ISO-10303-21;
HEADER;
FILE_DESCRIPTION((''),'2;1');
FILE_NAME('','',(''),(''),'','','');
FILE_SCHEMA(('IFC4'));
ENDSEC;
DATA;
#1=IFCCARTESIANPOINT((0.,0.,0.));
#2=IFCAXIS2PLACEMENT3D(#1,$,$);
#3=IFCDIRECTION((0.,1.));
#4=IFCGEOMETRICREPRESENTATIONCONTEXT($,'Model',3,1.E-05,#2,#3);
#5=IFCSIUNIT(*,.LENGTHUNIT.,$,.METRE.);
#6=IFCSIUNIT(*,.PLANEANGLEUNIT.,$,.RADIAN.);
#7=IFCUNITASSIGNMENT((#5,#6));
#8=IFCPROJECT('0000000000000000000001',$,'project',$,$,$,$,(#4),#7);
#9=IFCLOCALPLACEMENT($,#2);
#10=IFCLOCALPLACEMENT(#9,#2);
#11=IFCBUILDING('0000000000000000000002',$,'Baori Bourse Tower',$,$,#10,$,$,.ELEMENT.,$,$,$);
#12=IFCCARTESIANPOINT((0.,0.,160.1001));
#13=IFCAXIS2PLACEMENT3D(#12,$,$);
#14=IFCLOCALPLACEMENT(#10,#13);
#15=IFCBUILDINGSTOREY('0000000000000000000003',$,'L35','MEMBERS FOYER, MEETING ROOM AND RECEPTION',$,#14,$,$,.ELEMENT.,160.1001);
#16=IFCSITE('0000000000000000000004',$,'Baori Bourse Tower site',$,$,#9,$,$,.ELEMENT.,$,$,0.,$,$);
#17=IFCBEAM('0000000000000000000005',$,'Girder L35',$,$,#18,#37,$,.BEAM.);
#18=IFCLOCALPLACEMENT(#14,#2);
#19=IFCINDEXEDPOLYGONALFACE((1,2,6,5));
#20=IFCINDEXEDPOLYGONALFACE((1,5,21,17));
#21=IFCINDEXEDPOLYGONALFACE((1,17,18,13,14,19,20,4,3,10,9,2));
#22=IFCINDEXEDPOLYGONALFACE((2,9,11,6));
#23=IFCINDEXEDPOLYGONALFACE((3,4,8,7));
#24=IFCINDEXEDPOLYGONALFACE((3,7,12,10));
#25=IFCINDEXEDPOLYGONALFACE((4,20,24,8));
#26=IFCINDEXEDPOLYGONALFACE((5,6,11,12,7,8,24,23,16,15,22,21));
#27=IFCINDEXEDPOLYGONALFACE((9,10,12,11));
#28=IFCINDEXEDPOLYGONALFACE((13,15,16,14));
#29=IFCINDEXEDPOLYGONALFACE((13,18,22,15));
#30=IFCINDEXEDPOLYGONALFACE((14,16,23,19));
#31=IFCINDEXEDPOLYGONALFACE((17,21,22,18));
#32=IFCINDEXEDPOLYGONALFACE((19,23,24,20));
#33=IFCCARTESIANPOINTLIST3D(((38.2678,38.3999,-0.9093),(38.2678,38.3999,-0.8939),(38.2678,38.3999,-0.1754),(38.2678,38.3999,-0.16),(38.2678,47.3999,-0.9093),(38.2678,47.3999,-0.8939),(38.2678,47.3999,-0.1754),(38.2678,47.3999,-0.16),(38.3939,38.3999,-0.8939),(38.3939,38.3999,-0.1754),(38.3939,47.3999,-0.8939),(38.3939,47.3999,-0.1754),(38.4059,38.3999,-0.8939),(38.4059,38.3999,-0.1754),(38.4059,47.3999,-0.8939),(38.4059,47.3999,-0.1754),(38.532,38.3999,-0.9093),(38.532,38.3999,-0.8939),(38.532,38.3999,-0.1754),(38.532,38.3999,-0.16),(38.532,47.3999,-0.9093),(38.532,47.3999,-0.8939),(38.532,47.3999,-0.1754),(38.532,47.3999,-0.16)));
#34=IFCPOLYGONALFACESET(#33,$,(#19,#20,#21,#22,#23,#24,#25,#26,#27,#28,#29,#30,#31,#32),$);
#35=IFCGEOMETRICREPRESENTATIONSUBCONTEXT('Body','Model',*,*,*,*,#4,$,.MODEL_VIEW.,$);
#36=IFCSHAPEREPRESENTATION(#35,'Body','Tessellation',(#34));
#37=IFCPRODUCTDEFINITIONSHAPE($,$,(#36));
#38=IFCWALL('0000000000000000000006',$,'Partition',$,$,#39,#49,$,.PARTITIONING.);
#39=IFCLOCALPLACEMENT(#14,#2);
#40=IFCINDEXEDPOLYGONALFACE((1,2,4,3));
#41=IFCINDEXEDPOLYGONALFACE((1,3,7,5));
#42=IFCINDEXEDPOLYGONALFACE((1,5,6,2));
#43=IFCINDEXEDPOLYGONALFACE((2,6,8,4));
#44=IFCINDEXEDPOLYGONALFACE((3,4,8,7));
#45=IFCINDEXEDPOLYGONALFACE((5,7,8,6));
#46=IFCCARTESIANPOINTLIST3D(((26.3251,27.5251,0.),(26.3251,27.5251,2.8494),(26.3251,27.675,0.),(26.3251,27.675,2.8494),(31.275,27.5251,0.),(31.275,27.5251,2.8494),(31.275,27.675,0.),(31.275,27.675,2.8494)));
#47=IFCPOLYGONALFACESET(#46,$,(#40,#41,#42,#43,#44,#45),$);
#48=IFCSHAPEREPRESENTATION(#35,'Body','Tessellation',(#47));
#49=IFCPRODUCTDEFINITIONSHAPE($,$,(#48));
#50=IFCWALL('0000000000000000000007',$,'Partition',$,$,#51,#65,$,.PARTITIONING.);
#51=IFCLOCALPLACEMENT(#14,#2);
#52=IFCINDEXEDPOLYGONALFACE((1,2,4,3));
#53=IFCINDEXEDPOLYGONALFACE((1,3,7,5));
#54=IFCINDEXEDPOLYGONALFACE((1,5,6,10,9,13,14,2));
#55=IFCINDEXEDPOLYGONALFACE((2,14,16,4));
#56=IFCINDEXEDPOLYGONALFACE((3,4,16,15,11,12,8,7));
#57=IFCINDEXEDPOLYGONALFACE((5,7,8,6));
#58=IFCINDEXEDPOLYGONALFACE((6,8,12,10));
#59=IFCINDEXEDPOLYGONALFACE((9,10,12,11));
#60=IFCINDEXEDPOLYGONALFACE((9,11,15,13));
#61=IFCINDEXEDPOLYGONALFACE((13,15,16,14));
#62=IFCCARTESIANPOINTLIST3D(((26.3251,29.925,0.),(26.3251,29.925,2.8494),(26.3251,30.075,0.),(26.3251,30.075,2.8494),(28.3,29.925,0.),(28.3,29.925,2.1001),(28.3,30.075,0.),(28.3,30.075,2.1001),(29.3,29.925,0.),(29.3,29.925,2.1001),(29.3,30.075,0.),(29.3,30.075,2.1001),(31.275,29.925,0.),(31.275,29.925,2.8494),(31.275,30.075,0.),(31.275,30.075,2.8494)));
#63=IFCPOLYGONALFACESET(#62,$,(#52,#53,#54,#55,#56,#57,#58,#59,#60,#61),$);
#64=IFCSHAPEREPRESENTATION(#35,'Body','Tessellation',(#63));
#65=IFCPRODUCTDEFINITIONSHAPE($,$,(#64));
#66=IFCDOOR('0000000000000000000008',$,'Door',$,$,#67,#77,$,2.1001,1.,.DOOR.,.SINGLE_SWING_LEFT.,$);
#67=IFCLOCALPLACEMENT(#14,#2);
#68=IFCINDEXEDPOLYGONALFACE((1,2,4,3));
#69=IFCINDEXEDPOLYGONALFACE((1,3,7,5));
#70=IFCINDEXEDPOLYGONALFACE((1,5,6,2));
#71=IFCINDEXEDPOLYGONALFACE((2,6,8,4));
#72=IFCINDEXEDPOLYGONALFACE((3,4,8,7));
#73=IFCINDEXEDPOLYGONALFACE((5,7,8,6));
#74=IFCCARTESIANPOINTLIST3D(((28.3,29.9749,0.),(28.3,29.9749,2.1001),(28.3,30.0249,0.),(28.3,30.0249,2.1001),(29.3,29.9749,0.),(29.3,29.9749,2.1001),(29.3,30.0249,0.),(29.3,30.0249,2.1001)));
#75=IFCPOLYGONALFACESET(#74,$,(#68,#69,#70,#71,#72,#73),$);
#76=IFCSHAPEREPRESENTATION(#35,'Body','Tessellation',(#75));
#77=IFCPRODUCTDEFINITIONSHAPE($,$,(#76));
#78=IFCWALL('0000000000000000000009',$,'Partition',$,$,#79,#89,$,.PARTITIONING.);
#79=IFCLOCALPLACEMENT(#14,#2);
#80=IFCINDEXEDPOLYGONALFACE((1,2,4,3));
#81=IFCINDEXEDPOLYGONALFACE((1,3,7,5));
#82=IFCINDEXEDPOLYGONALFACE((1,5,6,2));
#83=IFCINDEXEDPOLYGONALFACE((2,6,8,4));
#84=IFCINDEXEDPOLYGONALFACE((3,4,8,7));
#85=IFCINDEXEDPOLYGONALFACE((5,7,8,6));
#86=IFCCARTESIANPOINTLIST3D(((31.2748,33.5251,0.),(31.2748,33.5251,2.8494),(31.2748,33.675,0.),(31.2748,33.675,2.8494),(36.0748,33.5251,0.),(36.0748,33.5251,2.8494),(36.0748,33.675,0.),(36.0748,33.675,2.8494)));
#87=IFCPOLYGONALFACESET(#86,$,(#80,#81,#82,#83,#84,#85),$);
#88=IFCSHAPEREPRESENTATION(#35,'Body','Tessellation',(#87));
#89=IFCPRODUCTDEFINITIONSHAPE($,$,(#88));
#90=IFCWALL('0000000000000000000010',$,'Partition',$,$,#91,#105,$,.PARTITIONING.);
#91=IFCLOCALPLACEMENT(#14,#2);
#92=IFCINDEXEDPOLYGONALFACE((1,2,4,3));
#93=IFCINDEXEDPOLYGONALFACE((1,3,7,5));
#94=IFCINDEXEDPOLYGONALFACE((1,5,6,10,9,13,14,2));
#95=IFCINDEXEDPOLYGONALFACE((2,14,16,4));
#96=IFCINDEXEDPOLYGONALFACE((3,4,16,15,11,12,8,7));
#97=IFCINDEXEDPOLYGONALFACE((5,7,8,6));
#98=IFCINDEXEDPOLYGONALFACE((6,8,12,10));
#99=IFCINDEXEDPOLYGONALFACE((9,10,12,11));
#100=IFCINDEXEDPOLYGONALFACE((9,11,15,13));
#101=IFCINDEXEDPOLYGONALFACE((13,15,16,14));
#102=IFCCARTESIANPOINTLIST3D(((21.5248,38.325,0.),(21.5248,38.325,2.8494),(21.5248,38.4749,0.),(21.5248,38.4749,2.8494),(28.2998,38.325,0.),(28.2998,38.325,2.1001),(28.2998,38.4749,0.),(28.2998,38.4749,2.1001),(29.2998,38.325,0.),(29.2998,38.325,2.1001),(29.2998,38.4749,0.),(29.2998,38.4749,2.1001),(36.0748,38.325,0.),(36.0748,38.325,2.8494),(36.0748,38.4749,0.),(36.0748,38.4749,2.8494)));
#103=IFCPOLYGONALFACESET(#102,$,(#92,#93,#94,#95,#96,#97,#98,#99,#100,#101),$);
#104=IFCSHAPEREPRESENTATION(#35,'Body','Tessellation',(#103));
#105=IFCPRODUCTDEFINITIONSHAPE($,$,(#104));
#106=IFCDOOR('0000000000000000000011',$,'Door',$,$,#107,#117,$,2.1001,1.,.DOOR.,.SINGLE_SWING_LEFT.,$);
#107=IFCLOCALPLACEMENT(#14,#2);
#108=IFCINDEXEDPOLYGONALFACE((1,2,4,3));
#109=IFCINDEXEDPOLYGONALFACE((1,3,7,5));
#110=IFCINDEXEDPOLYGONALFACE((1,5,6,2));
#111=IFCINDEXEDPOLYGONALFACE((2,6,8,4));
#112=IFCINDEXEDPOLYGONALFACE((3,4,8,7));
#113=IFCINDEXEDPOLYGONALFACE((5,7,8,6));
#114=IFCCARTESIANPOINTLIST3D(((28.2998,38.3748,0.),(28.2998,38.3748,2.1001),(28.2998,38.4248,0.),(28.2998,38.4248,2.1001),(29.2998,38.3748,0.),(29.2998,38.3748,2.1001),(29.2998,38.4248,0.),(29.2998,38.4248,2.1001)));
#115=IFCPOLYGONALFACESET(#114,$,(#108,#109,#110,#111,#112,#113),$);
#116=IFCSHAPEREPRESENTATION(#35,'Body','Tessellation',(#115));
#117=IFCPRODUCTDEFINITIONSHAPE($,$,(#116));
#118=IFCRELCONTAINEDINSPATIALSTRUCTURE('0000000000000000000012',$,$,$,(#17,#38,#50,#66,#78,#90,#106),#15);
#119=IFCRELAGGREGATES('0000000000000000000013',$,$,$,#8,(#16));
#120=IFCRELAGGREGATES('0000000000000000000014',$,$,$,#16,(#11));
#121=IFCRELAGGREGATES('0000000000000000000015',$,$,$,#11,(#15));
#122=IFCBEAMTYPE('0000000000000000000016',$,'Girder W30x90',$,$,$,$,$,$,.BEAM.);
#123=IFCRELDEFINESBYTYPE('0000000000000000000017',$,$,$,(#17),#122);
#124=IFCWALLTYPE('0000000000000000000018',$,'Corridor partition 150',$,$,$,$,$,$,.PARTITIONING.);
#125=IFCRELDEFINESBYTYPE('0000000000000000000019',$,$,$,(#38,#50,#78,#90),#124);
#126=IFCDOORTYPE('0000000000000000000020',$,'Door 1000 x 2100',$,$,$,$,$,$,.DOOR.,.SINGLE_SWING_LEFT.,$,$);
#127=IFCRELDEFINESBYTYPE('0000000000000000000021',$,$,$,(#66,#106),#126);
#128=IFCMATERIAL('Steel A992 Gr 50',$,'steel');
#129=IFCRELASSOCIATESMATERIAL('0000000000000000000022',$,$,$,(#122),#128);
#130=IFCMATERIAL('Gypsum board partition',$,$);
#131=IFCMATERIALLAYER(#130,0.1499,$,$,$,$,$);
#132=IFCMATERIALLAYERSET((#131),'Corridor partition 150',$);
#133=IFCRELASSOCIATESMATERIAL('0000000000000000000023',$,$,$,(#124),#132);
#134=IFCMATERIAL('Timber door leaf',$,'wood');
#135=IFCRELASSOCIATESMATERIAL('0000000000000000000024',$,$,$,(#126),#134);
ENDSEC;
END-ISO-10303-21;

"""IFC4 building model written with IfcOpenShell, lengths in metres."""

from ifc_helpers import new_model, si_unit, direction, frame, frame_2d, origin, origin_2d, place, context, subcontext, project, spatial, rectangle, i_section, extrude, material, layer, layer_set, material_profile, profile_set, type_object, element, fill, save


model = new_model("IFC4")

# Units and contexts
model_context = context("Model", 3, precision=1e-05, world=origin(), true_north=direction((0.0, 1.0)))
body_context = subcontext(model_context, "Body", "Model", "MODEL_VIEW")
ifc_project = project(units=[si_unit("LENGTHUNIT", "METRE"), si_unit("PLANEANGLEUNIT", "RADIAN")], contexts=[model_context])

# Site, building, storey
site_placement = place(None, origin())
site = spatial("IfcSite", under=ifc_project, at=site_placement, Name="Baori Bourse Tower site", CompositionType="ELEMENT", RefElevation=0.0)
building_placement = place(site_placement, origin())
building = spatial("IfcBuilding", under=site, at=building_placement, Name="Baori Bourse Tower", CompositionType="ELEMENT")
storey_placement = place(building_placement, frame((0.0, 0.0, 160.1001)))
storey = spatial("IfcBuildingStorey", under=building, at=storey_placement, Name="L35", Description="MEMBERS FOYER, MEETING ROOM AND RECEPTION", CompositionType="ELEMENT", Elevation=160.1001)

# Beam
ifc_material_1 = material(Name="Steel A992 Gr 50", Category="steel")
ifc_material_profile = material_profile(ifc_material_1, i_section(OverallWidth=0.2642, OverallDepth=0.7493, WebThickness=0.012, FlangeThickness=0.0154, at=origin_2d()), Name="W30x90")
ifc_profile_set = profile_set([ifc_material_profile], Name="Steel A992 Gr 50")
beam_type = type_object("IfcBeamType", Name="Girder W30x90", PredefinedType="BEAM", material=ifc_profile_set)
beam_placement = place(storey_placement, frame((38.3999, 38.3999, -0.5347), z_axis=(0.0, 1.0, 0.0), x_axis=(-1.0, 0.0, 0.0)))
element("IfcBeam", 1, at=beam_placement, inside=storey, type_object=beam_type, Name="Girder L35", PredefinedType="BEAM", context=body_context, shape_type="SweptSolid", body=[
    extrude(i_section(OverallWidth=0.2642, OverallDepth=0.7493, WebThickness=0.012, FlangeThickness=0.0154, at=origin_2d()), origin(), (0.0, 0.0, 1.0), 9.0),
])

# Wall
ifc_material_2 = material(Name="Gypsum board partition")
ifc_layer_1 = layer(ifc_material_2, 0.1499)
ifc_layer_set_1 = layer_set([ifc_layer_1], Name="Corridor partition 150")
wall_type_1 = type_object("IfcWallType", Name="Corridor partition 150", PredefinedType="PARTITIONING", material=ifc_layer_set_1)
wall_1_placement = place(storey_placement, frame((26.325, 27.6001, 0.0), z_axis=(0.0, 0.0, 1.0), x_axis=(1.0, 0.0, 0.0)))
element("IfcWall", 2, at=wall_1_placement, inside=storey, type_object=wall_type_1, Name="Partition", PredefinedType="PARTITIONING", context=body_context, shape_type="SweptSolid", body=[
    extrude(rectangle(XDim=4.95, YDim=0.1499, at=frame_2d((2.4751, 0.0))), origin(), (0.0, 0.0, 1.0), 2.8494),
])

# Wall, opening, door
wall_2_placement = place(storey_placement, frame((26.325, 30.0, 0.0), z_axis=(0.0, 0.0, 1.0), x_axis=(1.0, 0.0, 0.0)))
wall_2 = element("IfcWall", 3, at=wall_2_placement, inside=storey, type_object=wall_type_1, Name="Partition", PredefinedType="PARTITIONING", context=body_context, shape_type="SweptSolid", body=[
    extrude(rectangle(XDim=4.95, YDim=0.1499, at=frame_2d((2.4751, 0.0))), origin(), (0.0, 0.0, 1.0), 2.8494),
])
opening_1_placement = place(wall_2_placement, frame((1.9751, 0.0, 0.0)))
opening_1 = element("IfcOpeningElement", 4, at=opening_1_placement, cuts=wall_2, PredefinedType="OPENING", context=body_context, shape_type="SweptSolid", body=[
    extrude(rectangle(XDim=1.0, YDim=2.1001, at=frame_2d((0.5, 1.05))), frame((0.0, 0.085, 0.0), z_axis=(0.0, -1.0, 0.0), x_axis=(1.0, 0.0, 0.0)), (0.0, 0.0, 1.0), 0.1699),
])
ifc_material_3 = material(Name="Timber door leaf", Category="wood")
door_type_1 = type_object("IfcDoorType", Name="Door 1000 x 2100", OperationType="SINGLE_SWING_LEFT", PredefinedType="DOOR", material=ifc_material_3)
door_1_placement = place(opening_1_placement, origin())
door_1 = element("IfcDoor", 5, at=door_1_placement, inside=storey, type_object=door_type_1, Name="Door", OperationType="SINGLE_SWING_LEFT", OverallHeight=2.1001, OverallWidth=1.0, PredefinedType="DOOR", context=body_context, shape_type="SweptSolid", body=[
    extrude(rectangle(XDim=1.0, YDim=2.1001, at=frame_2d((0.5, 1.05))), frame((0.0, 0.0249, 0.0), z_axis=(0.0, -1.0, 0.0), x_axis=(1.0, 0.0, 0.0)), (0.0, 0.0, 1.0), 0.05),
])
fill(opening_1, door_1)

# Wall
wall_3_placement = place(storey_placement, frame((31.2749, 33.6001, 0.0), z_axis=(0.0, 0.0, 1.0), x_axis=(1.0, 0.0, 0.0)))
element("IfcWall", 6, at=wall_3_placement, inside=storey, type_object=wall_type_1, Name="Partition", PredefinedType="PARTITIONING", context=body_context, shape_type="SweptSolid", body=[
    extrude(rectangle(XDim=4.8, YDim=0.1499, at=frame_2d((2.3999, 0.0))), origin(), (0.0, 0.0, 1.0), 2.8494),
])

# Wall, opening, door
wall_4_placement = place(storey_placement, frame((21.5249, 38.3999, 0.0), z_axis=(0.0, 0.0, 1.0), x_axis=(1.0, 0.0, 0.0)))
wall_4 = element("IfcWall", 7, at=wall_4_placement, inside=storey, type_object=wall_type_1, Name="Partition", PredefinedType="PARTITIONING", context=body_context, shape_type="SweptSolid", body=[
    extrude(rectangle(XDim=14.55, YDim=0.1499, at=frame_2d((7.2749, 0.0))), origin(), (0.0, 0.0, 1.0), 2.8494),
])
opening_2_placement = place(wall_4_placement, frame((6.7749, 0.0, 0.0)))
opening_2 = element("IfcOpeningElement", 8, at=opening_2_placement, cuts=wall_4, PredefinedType="OPENING", context=body_context, shape_type="SweptSolid", body=[
    extrude(rectangle(XDim=1.0, YDim=2.1001, at=frame_2d((0.5, 1.05))), frame((0.0, 0.085, 0.0), z_axis=(0.0, -1.0, 0.0), x_axis=(1.0, 0.0, 0.0)), (0.0, 0.0, 1.0), 0.1699),
])
door_2_placement = place(opening_2_placement, origin())
door_2 = element("IfcDoor", 9, at=door_2_placement, inside=storey, type_object=door_type_1, Name="Door", OperationType="SINGLE_SWING_LEFT", OverallHeight=2.1001, OverallWidth=1.0, PredefinedType="DOOR", context=body_context, shape_type="SweptSolid", body=[
    extrude(rectangle(XDim=1.0, YDim=2.1001, at=frame_2d((0.5, 1.05))), frame((0.0, 0.0249, 0.0), z_axis=(0.0, -1.0, 0.0), x_axis=(1.0, 0.0, 0.0)), (0.0, 0.0, 1.0), 0.05),
])
fill(opening_2, door_2)

save(model, "model.ifc")
